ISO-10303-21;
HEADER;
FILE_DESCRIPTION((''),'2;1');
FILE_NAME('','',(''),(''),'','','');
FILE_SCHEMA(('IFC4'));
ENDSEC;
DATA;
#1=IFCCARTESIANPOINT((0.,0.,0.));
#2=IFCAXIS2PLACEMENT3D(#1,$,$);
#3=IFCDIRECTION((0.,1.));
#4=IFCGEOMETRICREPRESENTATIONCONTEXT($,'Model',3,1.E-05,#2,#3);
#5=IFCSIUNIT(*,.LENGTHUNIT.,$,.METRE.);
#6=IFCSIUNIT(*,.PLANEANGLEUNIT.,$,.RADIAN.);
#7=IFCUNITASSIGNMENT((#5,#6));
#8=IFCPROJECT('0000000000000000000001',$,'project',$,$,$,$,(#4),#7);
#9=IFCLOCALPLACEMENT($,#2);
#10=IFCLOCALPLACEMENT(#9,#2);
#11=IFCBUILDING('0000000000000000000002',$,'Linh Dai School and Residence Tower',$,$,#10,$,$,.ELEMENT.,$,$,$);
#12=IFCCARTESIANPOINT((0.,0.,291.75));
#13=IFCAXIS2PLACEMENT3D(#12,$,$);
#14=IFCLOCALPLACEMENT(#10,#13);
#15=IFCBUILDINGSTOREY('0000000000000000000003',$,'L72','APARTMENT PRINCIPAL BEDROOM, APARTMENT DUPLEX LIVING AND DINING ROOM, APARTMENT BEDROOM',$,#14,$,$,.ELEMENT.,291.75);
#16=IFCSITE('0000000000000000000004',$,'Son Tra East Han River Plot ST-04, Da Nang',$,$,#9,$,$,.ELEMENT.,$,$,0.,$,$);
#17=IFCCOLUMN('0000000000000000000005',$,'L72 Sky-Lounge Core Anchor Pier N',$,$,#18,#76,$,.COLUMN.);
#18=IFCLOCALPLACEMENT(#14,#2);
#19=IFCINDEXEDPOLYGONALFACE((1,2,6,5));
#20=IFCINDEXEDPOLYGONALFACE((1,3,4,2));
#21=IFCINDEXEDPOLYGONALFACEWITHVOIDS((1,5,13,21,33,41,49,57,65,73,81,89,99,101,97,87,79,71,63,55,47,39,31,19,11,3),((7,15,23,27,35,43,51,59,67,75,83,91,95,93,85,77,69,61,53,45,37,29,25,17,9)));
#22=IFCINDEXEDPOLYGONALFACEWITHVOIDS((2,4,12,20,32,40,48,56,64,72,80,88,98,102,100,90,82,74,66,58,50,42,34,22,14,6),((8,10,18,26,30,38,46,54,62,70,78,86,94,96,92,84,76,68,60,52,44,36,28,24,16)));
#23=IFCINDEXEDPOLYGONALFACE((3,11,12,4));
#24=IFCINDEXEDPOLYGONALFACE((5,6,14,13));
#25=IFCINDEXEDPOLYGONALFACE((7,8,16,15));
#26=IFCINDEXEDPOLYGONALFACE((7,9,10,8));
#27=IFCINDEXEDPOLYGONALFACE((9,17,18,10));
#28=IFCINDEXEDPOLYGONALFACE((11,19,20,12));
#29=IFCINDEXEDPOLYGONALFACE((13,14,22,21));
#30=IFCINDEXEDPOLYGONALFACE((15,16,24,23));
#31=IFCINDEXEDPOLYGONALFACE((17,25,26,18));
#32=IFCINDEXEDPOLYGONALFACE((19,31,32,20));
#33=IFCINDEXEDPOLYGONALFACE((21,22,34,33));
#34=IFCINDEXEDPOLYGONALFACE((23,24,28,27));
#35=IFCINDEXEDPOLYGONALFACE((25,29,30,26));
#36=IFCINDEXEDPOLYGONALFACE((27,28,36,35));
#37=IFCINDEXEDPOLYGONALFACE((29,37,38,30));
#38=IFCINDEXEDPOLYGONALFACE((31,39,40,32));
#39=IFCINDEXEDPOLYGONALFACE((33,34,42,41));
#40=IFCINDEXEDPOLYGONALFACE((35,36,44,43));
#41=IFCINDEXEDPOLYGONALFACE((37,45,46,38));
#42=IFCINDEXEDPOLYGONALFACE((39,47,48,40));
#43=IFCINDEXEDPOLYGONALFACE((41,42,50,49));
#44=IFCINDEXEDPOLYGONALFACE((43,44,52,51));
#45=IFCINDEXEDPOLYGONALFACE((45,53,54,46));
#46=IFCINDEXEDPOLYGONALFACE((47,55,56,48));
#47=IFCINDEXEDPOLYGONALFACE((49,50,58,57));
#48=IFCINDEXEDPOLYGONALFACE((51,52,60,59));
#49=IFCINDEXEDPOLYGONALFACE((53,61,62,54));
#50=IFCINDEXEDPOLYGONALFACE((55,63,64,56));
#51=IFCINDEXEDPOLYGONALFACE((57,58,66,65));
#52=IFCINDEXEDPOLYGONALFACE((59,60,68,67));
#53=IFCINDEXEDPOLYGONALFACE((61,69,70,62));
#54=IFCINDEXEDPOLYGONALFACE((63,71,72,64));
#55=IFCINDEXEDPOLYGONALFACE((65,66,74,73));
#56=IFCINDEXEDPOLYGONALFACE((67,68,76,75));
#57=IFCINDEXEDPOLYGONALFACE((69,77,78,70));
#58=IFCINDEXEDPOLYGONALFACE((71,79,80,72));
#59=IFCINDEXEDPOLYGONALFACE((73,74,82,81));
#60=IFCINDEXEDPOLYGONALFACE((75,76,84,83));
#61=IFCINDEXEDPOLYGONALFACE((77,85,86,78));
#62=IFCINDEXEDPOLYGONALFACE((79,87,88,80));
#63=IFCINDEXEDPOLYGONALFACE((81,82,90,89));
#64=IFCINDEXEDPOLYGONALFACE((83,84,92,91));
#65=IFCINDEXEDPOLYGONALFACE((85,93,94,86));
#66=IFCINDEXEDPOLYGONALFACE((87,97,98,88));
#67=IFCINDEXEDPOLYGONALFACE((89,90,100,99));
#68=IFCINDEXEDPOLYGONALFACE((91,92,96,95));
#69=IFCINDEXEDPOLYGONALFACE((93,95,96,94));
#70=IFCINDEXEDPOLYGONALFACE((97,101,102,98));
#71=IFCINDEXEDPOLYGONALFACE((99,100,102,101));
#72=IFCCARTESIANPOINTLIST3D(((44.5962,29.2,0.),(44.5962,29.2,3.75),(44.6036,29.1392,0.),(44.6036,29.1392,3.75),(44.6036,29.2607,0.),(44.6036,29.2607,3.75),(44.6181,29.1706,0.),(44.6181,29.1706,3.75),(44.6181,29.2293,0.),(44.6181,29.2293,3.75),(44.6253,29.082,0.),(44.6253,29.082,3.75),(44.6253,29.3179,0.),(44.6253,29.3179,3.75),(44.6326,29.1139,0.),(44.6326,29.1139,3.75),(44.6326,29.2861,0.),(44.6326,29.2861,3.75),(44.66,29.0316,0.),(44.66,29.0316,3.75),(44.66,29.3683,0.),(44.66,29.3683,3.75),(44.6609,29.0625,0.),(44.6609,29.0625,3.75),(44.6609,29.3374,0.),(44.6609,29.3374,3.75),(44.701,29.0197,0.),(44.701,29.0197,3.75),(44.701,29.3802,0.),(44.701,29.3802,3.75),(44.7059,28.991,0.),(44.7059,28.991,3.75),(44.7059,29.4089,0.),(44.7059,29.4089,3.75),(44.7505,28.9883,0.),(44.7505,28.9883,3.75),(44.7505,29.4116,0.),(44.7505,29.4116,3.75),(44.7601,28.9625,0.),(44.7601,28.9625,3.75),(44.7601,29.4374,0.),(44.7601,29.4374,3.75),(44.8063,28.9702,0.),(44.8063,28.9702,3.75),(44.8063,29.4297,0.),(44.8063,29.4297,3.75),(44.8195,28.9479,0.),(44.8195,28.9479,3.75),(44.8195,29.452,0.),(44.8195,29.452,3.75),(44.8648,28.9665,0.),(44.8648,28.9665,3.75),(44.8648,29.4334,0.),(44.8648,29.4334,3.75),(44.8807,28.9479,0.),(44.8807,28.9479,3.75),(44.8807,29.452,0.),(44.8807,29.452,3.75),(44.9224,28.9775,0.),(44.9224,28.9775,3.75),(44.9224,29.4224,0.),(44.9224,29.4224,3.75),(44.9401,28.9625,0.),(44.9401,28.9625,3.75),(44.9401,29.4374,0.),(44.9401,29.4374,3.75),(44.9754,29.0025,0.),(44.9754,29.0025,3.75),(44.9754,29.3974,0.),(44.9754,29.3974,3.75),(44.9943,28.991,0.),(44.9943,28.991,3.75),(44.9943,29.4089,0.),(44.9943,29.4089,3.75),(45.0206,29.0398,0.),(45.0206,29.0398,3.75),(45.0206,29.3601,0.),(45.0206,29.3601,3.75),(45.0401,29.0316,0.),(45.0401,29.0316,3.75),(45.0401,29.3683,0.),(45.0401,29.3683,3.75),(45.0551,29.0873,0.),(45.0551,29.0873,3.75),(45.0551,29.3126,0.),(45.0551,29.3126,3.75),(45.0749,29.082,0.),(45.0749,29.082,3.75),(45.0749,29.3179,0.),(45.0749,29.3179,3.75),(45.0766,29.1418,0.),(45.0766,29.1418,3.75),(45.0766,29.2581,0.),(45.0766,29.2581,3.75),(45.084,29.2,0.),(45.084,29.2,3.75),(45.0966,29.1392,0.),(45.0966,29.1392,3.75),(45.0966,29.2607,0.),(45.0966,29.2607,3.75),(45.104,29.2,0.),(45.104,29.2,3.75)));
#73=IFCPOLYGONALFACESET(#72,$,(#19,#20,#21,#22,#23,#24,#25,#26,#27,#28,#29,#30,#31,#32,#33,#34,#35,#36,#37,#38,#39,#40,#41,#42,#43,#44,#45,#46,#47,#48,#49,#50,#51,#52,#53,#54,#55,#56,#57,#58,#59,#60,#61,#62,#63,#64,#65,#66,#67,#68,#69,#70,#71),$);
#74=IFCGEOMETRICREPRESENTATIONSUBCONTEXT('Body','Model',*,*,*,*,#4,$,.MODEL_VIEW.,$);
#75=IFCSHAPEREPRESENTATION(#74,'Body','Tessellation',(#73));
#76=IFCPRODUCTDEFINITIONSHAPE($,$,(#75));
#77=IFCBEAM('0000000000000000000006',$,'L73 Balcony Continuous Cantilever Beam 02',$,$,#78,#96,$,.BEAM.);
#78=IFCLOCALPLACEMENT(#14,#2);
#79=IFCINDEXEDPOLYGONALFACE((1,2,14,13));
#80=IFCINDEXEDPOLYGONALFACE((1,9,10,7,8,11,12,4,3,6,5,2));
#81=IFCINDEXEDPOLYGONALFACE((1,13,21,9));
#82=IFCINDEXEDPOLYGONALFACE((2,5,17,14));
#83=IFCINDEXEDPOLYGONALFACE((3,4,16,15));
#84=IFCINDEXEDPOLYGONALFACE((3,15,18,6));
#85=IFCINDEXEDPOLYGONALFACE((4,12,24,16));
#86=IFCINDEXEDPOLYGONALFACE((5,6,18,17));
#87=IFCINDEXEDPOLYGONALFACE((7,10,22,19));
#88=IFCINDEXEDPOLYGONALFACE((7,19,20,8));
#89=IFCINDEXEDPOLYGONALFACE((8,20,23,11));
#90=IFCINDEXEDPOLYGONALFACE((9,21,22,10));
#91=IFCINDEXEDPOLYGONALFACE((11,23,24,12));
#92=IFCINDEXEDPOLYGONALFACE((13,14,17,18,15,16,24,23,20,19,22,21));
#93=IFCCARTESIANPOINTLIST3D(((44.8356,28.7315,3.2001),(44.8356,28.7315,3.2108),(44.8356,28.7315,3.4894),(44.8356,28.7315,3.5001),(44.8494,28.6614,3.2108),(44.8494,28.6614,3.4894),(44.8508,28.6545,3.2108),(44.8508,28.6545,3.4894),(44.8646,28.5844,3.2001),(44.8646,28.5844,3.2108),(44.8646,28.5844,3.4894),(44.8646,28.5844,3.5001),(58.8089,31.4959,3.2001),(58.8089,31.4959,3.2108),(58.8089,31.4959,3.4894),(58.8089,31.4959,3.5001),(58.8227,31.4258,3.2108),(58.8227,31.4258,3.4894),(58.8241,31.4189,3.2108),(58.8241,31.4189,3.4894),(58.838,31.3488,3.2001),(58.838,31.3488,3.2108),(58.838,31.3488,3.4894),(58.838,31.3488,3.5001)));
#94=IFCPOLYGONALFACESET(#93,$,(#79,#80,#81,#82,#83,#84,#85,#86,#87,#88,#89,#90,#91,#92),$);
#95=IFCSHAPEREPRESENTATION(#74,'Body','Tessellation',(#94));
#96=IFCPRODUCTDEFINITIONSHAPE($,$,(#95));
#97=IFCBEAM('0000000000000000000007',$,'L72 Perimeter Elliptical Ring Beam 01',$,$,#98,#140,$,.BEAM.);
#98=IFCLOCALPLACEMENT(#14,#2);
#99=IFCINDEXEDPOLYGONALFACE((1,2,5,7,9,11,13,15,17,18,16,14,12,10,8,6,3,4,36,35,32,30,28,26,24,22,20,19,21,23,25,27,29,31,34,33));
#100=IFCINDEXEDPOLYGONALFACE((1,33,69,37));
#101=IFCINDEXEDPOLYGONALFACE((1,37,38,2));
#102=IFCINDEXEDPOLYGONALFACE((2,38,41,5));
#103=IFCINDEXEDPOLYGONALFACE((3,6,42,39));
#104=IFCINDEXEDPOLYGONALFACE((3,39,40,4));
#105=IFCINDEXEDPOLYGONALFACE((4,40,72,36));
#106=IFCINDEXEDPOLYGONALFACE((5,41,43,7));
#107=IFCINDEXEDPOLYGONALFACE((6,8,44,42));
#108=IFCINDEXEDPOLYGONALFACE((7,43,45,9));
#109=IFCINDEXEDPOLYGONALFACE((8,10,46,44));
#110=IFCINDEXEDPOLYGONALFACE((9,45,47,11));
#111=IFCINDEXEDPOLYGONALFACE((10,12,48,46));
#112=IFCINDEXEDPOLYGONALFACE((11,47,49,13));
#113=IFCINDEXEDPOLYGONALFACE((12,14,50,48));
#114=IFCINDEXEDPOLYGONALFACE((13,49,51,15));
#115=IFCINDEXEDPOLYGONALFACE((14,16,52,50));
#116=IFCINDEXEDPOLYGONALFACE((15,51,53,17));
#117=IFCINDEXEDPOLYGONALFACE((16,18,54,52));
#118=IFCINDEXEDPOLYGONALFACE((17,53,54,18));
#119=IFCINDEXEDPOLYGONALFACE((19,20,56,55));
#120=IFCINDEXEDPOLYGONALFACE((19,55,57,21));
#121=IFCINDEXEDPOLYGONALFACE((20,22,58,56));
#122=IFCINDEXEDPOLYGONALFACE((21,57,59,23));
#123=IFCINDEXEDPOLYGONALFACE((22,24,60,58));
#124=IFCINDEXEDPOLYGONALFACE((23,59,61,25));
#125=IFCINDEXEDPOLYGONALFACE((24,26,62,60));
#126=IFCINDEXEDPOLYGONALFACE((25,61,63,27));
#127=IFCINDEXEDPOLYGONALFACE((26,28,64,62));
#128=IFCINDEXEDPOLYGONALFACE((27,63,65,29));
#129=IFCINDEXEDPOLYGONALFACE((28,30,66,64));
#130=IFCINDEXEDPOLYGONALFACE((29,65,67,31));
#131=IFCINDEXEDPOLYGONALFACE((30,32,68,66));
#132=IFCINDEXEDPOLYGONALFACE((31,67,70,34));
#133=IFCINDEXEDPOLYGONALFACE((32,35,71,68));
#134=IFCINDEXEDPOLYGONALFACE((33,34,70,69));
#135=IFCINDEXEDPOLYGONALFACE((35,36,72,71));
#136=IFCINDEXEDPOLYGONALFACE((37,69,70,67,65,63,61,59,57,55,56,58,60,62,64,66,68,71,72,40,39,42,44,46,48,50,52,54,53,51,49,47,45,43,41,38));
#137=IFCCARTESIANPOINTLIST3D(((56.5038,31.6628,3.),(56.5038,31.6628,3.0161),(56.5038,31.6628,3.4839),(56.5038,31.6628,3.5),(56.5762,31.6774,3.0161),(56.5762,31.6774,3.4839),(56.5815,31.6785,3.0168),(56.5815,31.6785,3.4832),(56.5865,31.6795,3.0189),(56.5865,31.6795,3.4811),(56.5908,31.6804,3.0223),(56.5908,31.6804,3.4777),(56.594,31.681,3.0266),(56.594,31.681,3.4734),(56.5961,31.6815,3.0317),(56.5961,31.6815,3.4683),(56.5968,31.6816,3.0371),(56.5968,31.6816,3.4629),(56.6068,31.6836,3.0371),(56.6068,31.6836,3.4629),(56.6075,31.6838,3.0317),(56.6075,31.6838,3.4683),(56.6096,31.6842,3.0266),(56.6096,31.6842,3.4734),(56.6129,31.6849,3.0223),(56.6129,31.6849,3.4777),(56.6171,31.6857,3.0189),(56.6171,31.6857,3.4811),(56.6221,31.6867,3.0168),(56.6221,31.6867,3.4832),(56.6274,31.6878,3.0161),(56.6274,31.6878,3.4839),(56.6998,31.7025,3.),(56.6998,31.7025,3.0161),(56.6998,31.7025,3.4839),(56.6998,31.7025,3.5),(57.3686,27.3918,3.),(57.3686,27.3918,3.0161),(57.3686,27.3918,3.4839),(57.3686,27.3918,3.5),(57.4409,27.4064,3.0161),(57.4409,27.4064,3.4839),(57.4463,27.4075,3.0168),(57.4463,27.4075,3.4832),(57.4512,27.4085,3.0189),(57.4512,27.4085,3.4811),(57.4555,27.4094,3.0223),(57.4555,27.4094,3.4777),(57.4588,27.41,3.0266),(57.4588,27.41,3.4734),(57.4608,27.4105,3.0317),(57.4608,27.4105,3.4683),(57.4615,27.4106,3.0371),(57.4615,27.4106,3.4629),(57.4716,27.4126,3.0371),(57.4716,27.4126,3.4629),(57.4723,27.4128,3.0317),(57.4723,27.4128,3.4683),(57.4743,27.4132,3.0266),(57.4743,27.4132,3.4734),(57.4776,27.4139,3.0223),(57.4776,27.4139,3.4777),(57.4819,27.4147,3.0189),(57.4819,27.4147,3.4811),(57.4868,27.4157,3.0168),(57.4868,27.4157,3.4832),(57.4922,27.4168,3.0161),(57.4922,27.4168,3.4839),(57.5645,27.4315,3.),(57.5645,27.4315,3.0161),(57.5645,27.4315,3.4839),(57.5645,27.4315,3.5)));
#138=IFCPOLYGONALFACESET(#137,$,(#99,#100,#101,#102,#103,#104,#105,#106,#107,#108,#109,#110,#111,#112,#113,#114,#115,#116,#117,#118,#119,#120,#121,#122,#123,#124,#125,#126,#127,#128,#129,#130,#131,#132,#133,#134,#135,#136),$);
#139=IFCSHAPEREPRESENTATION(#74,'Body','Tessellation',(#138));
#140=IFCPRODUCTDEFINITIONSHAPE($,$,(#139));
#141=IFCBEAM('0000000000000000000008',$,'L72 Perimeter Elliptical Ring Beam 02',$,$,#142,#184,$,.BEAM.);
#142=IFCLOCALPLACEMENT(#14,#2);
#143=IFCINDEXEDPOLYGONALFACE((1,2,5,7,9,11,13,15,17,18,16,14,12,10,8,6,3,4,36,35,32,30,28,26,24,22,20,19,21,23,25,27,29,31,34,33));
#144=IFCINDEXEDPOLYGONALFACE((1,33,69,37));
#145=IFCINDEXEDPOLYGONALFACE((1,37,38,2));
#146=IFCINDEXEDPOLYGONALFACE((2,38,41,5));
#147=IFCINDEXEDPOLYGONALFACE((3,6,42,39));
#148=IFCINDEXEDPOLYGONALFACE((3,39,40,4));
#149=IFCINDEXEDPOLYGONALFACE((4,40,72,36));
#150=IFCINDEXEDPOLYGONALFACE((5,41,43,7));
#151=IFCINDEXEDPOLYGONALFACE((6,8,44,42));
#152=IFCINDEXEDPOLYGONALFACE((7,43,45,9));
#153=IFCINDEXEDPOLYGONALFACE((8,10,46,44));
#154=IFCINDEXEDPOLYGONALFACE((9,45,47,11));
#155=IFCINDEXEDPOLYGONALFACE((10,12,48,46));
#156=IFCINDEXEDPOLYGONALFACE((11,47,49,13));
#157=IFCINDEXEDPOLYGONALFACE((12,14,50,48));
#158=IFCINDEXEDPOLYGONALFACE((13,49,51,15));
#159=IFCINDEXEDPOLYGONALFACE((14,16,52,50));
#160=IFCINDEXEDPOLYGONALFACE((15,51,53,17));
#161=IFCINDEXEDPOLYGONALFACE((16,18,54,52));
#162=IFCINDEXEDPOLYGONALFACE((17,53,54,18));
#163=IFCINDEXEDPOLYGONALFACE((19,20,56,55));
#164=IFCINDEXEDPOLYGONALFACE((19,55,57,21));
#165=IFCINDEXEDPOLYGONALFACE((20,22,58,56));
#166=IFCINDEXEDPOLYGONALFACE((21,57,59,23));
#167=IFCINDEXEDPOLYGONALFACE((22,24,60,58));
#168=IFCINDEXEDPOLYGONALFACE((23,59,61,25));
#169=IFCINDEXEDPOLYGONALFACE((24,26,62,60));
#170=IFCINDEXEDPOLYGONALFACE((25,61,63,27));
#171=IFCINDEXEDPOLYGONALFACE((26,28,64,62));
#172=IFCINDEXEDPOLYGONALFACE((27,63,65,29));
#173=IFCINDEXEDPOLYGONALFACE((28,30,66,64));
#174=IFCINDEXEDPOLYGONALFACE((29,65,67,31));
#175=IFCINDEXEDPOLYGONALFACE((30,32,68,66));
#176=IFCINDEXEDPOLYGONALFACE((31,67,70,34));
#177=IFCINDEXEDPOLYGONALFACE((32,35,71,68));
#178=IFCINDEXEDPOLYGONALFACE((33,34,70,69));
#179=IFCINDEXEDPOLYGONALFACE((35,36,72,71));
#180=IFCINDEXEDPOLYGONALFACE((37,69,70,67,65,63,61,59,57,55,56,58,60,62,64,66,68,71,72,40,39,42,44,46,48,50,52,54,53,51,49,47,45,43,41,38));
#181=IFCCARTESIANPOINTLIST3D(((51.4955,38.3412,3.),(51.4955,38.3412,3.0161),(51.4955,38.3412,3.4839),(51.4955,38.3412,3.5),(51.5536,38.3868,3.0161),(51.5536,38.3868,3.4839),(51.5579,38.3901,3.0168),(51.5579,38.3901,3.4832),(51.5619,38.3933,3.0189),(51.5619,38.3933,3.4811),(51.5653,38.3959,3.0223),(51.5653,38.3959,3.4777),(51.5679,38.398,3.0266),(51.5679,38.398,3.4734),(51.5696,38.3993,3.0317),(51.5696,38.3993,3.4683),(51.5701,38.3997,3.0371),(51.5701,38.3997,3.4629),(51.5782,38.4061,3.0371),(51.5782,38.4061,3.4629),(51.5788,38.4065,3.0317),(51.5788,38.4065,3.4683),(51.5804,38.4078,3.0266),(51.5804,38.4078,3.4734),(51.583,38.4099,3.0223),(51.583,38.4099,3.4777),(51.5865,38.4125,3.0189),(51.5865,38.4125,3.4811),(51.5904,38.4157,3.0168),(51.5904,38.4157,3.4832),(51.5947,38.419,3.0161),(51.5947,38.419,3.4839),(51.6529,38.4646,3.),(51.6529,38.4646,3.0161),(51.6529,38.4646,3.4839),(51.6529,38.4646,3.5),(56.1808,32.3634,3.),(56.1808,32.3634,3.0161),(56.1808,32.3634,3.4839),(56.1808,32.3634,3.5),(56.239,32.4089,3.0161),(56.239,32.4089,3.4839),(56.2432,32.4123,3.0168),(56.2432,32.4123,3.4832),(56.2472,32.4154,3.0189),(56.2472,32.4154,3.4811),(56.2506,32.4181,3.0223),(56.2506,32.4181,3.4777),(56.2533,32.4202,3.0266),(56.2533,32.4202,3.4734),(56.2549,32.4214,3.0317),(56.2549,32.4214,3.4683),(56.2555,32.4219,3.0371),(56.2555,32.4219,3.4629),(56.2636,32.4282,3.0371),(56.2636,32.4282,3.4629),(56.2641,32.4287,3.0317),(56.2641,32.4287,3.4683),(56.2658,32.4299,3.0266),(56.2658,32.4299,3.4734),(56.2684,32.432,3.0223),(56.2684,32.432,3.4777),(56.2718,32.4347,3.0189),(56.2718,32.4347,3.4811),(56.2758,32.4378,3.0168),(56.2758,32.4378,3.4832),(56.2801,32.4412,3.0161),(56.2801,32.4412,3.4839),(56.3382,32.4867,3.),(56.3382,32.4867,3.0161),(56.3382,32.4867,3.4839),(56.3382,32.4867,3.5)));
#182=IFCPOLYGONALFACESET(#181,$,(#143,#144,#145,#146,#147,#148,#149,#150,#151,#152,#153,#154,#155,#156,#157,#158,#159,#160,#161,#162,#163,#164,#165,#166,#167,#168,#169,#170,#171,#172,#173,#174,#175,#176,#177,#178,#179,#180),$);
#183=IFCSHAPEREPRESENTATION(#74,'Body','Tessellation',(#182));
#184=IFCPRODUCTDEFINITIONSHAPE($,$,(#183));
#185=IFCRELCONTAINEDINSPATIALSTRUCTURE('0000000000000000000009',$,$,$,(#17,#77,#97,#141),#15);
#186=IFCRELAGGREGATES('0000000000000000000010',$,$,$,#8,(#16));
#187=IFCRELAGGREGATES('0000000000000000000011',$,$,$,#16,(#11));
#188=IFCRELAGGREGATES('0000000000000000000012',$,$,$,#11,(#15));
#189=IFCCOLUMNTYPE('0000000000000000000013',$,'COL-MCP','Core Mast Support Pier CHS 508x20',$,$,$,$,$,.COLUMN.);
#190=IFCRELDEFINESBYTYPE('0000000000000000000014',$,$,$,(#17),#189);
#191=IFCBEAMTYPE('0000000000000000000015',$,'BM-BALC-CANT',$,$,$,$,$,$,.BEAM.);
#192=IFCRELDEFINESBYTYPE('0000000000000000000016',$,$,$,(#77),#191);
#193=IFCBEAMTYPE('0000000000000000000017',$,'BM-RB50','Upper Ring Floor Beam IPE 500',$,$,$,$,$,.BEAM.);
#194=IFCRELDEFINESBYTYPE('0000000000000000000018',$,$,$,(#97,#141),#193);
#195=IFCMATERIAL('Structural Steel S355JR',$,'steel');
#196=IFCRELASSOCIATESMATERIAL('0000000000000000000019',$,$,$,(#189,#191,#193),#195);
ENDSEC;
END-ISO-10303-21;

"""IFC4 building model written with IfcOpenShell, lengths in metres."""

from ifc_helpers import new_model, si_unit, direction, frame, origin, origin_2d, place, context, subcontext, project, spatial, hollow_circle, i_section, extrude, material, material_profile, profile_set, type_object, element, save


model = new_model("IFC4")

# Units and contexts
model_context = context("Model", 3, precision=1e-05, world=origin(), true_north=direction((0.0, 1.0)))
body_context = subcontext(model_context, "Body", "Model", "MODEL_VIEW")
ifc_project = project(units=[si_unit("LENGTHUNIT", "METRE"), si_unit("PLANEANGLEUNIT", "RADIAN")], contexts=[model_context])

# Site, building, storey
site_placement = place(None, origin())
site = spatial("IfcSite", under=ifc_project, at=site_placement, Name="Son Tra East Han River Plot ST-04, Da Nang", CompositionType="ELEMENT", RefElevation=0.0)
building_placement = place(site_placement, origin())
building = spatial("IfcBuilding", under=site, at=building_placement, Name="Linh Dai School and Residence Tower", CompositionType="ELEMENT")
storey_placement = place(building_placement, frame((0.0, 0.0, 291.75)))
storey = spatial("IfcBuildingStorey", under=building, at=storey_placement, Name="L72", Description="APARTMENT PRINCIPAL BEDROOM, APARTMENT DUPLEX LIVING AND DINING ROOM, APARTMENT BEDROOM", CompositionType="ELEMENT", Elevation=291.75)

# Column
ifc_material_1 = material(Name="Structural Steel S355JR", Category="steel")
ifc_material_profile_1 = material_profile(ifc_material_1, hollow_circle(Radius=0.2539, WallThickness=0.02, at=origin_2d()), Name="CHS 508x20")
ifc_profile_set_1 = profile_set([ifc_material_profile_1], Name="Structural Steel S355JR")
column_type_1 = type_object("IfcColumnType", Name="COL-MCP", Description="Core Mast Support Pier CHS 508x20", PredefinedType="COLUMN", material=ifc_profile_set_1)
column_1_placement = place(storey_placement, frame((44.8501, 29.2, 0.0), z_axis=(0.0, 0.0, 1.0), x_axis=(1.0, 0.0, 0.0)))
element("IfcColumn", 1, at=column_1_placement, inside=storey, type_object=column_type_1, Name="L72 Sky-Lounge Core Anchor Pier N", PredefinedType="COLUMN", context=body_context, shape_type="SweptSolid", body=[
    extrude(hollow_circle(Radius=0.2539, WallThickness=0.02, at=origin_2d()), origin(), (0.0, 0.0, 1.0), 3.75),
])

# Beams
ifc_material_profile_2 = material_profile(ifc_material_1, i_section(OverallWidth=0.1499, OverallDepth=0.3, WebThickness=0.0071, FlangeThickness=0.0107, at=origin_2d()), Name="IPE 300")
ifc_profile_set_2 = profile_set([ifc_material_profile_2], Name="Structural Steel S355JR")
beam_type_1 = type_object("IfcBeamType", Name="BM-BALC-CANT", PredefinedType="BEAM", material=ifc_profile_set_2)
beam_1_placement = place(storey_placement, frame((44.8501, 28.658, 3.3501), z_axis=(0.980987, 0.194072, 0.0), x_axis=(-0.194072, 0.980987, 0.0)))
element("IfcBeam", 2, at=beam_1_placement, inside=storey, type_object=beam_type_1, Name="L73 Balcony Continuous Cantilever Beam 02", PredefinedType="BEAM", context=body_context, shape_type="SweptSolid", body=[
    extrude(i_section(OverallWidth=0.1499, OverallDepth=0.3, WebThickness=0.0071, FlangeThickness=0.0107, at=origin_2d()), origin(), (0.0, 0.0, 1.0), 14.2441),
])
ifc_material_profile_3 = material_profile(ifc_material_1, i_section(OverallWidth=0.2, OverallDepth=0.5, WebThickness=0.0103, FlangeThickness=0.0161, FilletRadius=0.021, at=origin_2d()), Name="IPE 500")
ifc_profile_set_3 = profile_set([ifc_material_profile_3], Name="Structural Steel S355JR")
beam_type_2 = type_object("IfcBeamType", Name="BM-RB50", Description="Upper Ring Floor Beam IPE 500", PredefinedType="BEAM", material=ifc_profile_set_3)
beam_2_placement = place(storey_placement, frame((57.4666, 27.4116, 3.25), z_axis=(-0.198443, 0.980112, 0.0), x_axis=(-0.980112, -0.198443, 0.0)))
element("IfcBeam", 3, at=beam_2_placement, inside=storey, type_object=beam_type_2, Name="L72 Perimeter Elliptical Ring Beam 01", PredefinedType="BEAM", context=body_context, shape_type="SweptSolid", body=[
    extrude(i_section(OverallWidth=0.2, OverallDepth=0.5, WebThickness=0.0103, FlangeThickness=0.0161, FilletRadius=0.021, at=origin_2d()), origin(), (0.0, 0.0, 1.0), 4.3577),
])
beam_3_placement = place(storey_placement, frame((56.2595, 32.425, 3.25), z_axis=(-0.616883, 0.787055, 0.0), x_axis=(-0.787055, -0.616883, 0.0)))
element("IfcBeam", 4, at=beam_3_placement, inside=storey, type_object=beam_type_2, Name="L72 Perimeter Elliptical Ring Beam 02", PredefinedType="BEAM", context=body_context, shape_type="SweptSolid", body=[
    extrude(i_section(OverallWidth=0.2, OverallDepth=0.5, WebThickness=0.0103, FlangeThickness=0.0161, FilletRadius=0.021, at=origin_2d()), origin(), (0.0, 0.0, 1.0), 7.5952),
])

save(model, "model.ifc")
